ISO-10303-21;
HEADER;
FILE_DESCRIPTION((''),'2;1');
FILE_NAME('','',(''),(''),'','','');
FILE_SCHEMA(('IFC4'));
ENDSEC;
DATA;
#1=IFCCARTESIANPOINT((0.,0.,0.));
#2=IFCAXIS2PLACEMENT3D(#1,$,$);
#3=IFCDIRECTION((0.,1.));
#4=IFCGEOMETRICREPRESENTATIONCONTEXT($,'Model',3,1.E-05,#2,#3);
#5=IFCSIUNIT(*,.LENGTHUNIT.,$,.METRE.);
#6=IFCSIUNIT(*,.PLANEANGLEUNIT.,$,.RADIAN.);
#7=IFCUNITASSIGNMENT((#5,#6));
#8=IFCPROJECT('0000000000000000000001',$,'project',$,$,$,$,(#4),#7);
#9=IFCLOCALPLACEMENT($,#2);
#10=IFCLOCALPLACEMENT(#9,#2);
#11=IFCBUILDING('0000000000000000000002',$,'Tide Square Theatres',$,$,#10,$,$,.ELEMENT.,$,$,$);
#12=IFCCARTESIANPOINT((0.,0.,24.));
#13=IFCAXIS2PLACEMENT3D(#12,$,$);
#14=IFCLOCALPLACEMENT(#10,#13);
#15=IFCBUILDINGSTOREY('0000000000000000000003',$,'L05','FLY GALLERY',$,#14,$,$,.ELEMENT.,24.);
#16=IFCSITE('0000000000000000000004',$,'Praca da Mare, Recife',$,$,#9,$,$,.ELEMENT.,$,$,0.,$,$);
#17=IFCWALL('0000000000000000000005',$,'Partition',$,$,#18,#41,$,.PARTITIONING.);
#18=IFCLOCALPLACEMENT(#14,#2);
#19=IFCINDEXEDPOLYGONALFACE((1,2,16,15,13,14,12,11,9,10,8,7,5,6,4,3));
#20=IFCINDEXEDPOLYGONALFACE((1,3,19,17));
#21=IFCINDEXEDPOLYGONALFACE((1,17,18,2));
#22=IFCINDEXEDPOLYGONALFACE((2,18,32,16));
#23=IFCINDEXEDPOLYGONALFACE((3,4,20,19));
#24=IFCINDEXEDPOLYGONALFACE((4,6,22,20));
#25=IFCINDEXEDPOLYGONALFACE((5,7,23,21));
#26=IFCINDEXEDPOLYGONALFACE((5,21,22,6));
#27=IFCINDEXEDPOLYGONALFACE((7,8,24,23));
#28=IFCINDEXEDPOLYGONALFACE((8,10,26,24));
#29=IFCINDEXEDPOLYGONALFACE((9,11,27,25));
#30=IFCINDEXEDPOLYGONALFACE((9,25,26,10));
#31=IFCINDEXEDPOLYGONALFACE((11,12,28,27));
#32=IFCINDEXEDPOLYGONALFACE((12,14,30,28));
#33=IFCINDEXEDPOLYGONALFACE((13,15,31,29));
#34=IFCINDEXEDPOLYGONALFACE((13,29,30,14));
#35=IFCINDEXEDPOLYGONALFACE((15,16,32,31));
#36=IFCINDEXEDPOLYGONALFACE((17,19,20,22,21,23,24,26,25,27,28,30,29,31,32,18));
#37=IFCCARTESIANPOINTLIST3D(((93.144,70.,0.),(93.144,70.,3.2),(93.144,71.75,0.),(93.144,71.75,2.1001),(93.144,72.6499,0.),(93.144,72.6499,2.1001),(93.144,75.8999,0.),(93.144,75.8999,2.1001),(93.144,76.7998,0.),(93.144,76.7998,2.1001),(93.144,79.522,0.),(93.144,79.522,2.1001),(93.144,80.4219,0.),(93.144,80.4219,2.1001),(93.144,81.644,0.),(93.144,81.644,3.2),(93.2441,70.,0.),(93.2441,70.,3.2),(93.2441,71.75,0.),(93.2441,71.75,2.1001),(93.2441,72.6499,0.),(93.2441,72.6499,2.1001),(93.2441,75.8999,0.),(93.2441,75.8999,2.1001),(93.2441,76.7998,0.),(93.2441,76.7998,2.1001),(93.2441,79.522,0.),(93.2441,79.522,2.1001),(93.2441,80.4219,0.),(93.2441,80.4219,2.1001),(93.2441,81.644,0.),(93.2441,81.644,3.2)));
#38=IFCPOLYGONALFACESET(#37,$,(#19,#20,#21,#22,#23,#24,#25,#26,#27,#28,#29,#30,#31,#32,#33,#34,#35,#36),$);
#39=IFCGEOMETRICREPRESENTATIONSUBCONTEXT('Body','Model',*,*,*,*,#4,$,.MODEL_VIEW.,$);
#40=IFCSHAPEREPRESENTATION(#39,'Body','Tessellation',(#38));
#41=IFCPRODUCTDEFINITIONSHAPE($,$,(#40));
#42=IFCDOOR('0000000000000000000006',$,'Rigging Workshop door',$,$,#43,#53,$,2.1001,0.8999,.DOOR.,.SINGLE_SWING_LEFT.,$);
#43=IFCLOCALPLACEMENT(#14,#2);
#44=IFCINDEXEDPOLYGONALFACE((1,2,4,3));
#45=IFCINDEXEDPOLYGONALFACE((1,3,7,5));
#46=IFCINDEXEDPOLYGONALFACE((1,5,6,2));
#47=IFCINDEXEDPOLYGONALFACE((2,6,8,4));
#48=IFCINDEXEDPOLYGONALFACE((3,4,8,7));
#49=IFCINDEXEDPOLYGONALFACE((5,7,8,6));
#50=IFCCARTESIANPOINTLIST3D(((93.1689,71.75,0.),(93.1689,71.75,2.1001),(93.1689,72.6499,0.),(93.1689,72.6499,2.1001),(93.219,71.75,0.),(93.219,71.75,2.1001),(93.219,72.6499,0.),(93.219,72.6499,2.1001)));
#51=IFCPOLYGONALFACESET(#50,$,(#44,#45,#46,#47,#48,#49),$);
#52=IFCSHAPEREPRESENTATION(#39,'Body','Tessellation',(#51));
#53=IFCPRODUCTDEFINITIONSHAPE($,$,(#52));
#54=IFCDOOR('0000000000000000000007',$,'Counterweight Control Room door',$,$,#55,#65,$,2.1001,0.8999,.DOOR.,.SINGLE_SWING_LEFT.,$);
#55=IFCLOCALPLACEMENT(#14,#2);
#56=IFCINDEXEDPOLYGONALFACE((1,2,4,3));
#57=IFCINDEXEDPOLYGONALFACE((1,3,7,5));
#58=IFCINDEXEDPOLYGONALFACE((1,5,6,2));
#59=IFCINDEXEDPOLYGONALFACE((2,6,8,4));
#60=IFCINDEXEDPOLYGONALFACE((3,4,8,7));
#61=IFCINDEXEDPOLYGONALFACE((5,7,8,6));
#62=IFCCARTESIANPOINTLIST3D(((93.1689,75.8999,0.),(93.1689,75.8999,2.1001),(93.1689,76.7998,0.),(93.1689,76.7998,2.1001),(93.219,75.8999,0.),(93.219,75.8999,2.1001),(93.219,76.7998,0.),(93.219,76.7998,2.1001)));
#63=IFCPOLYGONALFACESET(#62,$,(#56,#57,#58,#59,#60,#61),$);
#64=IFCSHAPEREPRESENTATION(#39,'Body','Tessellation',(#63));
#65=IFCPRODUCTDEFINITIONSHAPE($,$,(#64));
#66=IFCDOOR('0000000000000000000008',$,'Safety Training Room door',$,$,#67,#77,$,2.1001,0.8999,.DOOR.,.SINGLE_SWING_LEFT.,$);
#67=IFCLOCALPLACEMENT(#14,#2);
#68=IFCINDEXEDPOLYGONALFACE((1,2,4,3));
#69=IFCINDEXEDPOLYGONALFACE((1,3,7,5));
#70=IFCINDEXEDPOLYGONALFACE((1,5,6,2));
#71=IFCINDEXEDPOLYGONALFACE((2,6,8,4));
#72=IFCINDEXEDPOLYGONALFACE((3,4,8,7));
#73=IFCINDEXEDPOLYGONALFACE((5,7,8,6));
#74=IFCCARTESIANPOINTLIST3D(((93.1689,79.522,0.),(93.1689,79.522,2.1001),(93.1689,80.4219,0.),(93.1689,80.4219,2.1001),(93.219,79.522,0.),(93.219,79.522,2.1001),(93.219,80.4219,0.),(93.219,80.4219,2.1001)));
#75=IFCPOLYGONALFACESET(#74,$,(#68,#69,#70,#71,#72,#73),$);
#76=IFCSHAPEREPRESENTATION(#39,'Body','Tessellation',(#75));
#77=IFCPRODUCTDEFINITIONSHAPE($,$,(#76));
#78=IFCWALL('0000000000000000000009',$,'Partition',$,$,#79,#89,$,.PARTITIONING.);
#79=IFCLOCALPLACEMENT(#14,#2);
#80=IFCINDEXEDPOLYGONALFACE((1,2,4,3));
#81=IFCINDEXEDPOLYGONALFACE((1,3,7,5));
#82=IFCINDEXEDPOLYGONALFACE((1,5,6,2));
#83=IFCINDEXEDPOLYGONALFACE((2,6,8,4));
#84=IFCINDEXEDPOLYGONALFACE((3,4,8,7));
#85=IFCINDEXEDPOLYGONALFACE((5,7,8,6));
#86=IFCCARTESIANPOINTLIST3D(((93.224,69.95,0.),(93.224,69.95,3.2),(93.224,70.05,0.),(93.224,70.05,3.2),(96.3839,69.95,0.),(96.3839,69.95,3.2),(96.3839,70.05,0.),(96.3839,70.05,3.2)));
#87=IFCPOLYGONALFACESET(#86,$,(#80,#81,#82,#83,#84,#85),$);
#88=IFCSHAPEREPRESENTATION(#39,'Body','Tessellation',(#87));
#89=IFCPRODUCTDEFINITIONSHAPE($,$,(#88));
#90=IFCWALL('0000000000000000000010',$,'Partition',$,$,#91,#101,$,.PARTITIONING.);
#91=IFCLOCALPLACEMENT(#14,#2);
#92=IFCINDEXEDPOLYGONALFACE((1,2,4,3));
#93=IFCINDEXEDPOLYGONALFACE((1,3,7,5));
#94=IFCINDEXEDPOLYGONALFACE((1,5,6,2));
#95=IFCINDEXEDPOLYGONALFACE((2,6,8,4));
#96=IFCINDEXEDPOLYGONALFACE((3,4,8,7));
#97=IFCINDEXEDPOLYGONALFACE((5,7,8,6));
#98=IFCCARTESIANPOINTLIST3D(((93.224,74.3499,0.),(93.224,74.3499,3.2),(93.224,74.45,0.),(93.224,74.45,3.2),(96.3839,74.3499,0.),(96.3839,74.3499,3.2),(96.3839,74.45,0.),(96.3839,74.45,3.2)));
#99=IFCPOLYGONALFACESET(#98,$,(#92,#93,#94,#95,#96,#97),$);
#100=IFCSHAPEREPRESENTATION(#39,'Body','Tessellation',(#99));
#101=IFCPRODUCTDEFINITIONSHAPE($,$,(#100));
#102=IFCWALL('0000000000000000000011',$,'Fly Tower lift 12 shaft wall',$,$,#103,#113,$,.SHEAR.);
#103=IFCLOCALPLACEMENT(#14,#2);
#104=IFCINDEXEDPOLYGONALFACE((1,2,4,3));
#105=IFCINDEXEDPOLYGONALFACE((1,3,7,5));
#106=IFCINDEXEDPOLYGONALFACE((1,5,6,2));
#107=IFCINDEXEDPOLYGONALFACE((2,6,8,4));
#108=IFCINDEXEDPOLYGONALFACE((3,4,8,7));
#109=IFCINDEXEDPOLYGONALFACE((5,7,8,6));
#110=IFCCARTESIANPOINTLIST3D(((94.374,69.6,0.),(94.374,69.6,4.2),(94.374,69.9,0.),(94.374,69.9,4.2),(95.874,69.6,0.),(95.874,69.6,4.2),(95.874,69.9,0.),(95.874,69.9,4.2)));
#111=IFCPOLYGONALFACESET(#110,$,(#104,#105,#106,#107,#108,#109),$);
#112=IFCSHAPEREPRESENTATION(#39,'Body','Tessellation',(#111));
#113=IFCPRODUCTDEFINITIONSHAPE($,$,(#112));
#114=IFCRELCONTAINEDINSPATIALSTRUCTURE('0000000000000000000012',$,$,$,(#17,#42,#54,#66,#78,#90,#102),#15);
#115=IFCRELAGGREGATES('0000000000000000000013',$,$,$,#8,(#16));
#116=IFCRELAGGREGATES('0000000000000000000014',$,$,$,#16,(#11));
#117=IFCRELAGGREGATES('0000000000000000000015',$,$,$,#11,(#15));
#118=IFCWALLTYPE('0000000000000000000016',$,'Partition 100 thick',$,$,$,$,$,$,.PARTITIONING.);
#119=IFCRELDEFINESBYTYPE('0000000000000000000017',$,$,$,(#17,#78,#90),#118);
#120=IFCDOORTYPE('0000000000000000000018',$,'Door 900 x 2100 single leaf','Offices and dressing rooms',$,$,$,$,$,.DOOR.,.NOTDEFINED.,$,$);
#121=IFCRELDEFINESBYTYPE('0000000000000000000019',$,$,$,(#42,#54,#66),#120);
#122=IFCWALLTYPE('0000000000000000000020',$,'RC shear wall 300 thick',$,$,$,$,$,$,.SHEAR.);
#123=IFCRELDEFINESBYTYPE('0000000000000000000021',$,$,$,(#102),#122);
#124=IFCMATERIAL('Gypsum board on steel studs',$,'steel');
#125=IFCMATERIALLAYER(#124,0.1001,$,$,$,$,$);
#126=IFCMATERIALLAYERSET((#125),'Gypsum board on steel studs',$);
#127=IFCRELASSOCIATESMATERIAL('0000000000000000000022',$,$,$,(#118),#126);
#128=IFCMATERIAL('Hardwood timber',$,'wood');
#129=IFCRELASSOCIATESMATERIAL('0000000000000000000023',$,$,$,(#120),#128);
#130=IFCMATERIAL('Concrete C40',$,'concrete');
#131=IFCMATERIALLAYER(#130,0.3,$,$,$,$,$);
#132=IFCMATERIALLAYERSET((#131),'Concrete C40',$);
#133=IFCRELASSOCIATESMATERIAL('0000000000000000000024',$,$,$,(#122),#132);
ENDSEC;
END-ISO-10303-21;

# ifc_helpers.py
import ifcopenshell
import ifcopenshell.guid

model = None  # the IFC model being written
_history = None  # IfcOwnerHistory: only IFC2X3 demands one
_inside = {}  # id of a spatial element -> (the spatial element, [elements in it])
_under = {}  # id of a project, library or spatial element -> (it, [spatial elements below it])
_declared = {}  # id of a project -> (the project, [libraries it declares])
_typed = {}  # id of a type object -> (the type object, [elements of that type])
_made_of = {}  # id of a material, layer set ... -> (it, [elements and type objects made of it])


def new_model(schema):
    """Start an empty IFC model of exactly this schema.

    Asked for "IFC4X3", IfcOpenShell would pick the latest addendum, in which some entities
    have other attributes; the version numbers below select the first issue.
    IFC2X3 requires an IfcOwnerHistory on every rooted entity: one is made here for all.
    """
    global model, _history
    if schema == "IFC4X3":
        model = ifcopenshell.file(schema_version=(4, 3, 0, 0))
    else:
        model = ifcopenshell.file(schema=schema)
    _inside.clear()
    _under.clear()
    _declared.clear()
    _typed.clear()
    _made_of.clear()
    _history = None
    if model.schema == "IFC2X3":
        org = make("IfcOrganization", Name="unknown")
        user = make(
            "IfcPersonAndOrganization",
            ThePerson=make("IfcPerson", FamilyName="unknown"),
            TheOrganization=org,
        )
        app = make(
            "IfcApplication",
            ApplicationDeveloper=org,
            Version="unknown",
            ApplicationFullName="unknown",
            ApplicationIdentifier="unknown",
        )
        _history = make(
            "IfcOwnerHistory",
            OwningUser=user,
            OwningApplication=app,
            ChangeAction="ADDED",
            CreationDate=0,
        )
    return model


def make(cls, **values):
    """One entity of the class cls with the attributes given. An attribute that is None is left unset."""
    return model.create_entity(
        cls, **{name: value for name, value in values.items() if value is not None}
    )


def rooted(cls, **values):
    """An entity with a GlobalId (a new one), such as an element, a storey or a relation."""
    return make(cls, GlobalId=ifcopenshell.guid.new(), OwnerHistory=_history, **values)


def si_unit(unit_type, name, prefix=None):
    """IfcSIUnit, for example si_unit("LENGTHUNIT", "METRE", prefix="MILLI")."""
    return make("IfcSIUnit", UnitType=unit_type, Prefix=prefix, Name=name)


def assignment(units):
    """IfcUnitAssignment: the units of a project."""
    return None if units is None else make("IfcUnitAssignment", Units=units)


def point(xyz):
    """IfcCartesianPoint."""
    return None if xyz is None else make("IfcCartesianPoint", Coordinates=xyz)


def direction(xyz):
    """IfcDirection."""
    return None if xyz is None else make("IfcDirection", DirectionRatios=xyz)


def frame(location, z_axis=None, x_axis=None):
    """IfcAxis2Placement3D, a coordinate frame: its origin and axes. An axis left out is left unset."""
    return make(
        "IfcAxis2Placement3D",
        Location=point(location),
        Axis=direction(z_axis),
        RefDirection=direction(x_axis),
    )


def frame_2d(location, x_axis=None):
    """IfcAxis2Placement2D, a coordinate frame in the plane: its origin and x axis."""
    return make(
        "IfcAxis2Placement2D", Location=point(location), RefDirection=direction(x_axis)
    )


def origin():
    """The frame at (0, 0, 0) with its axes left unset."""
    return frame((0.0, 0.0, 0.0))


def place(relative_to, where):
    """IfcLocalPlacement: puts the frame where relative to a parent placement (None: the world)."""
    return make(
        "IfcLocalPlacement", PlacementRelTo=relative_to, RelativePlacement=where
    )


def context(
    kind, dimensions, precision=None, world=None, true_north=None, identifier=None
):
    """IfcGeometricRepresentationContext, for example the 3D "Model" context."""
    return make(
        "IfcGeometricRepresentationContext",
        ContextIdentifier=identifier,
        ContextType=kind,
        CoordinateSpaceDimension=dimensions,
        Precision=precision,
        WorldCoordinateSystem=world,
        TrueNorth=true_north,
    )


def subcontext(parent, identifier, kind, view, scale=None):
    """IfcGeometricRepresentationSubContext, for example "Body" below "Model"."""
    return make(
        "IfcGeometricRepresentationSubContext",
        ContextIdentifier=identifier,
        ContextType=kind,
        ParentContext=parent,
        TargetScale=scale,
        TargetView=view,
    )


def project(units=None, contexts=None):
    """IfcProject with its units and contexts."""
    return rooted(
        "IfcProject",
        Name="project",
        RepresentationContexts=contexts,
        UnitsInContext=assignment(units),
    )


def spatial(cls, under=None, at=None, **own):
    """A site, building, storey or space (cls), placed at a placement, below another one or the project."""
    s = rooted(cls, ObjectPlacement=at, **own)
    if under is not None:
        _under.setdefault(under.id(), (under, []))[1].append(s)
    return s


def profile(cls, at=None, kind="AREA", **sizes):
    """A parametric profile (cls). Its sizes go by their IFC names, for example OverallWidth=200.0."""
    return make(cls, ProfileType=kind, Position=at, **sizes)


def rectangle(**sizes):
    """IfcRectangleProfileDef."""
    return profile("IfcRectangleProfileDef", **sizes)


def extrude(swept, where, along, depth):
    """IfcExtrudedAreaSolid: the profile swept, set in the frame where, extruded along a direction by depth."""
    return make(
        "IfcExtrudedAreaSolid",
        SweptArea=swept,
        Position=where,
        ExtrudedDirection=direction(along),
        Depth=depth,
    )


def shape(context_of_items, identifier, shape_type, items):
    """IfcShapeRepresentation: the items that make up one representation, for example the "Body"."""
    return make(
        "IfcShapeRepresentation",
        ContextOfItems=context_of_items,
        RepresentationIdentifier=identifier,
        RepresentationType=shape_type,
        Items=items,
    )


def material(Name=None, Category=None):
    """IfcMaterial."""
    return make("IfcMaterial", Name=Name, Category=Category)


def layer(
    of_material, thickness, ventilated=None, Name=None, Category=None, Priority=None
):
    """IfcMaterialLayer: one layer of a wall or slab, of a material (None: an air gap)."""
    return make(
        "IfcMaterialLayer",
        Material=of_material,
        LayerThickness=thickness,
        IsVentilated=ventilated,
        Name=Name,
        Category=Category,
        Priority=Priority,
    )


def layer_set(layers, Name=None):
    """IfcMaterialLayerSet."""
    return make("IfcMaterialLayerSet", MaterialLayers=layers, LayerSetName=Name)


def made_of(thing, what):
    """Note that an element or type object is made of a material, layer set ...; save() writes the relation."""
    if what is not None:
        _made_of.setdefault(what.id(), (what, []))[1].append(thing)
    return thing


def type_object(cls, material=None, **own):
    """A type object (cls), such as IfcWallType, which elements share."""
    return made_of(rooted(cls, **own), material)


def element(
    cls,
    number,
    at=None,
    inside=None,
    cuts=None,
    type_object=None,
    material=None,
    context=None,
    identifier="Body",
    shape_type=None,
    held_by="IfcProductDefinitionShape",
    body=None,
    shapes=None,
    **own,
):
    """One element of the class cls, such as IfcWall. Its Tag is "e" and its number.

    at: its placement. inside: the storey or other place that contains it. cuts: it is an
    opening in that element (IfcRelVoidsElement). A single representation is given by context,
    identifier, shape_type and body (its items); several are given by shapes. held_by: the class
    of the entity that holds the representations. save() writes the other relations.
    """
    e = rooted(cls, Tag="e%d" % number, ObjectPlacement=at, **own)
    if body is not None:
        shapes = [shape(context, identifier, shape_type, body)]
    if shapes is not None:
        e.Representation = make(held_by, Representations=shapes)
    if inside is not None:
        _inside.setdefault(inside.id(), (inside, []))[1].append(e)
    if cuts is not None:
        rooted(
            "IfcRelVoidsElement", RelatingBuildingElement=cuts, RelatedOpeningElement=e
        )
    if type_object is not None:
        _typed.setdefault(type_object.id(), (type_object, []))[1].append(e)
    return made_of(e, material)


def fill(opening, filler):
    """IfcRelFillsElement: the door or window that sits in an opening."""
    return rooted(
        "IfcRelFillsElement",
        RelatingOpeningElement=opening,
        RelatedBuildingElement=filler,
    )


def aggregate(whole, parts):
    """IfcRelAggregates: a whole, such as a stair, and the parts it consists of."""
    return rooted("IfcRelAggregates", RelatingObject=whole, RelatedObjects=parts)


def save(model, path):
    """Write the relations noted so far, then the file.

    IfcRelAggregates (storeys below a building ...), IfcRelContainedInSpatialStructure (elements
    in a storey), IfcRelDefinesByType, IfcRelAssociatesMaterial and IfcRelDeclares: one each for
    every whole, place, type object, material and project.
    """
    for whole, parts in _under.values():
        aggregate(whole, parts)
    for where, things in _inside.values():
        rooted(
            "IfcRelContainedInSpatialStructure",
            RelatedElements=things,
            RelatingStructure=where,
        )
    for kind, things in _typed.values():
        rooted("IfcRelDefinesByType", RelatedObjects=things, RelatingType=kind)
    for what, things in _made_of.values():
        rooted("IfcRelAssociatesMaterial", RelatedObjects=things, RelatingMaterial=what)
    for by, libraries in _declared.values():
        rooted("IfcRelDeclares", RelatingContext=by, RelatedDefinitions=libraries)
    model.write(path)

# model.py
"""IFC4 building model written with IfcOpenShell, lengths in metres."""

from ifc_helpers import new_model, si_unit, direction, frame, frame_2d, origin, place, context, subcontext, project, spatial, rectangle, extrude, material, layer, layer_set, type_object, element, fill, save


model = new_model("IFC4")

# Units and contexts
model_context = context("Model", 3, precision=1e-05, world=origin(), true_north=direction((0.0, 1.0)))
body_context = subcontext(model_context, "Body", "Model", "MODEL_VIEW")
ifc_project = project(units=[si_unit("LENGTHUNIT", "METRE"), si_unit("PLANEANGLEUNIT", "RADIAN")], contexts=[model_context])

# Site, building, storey
site_placement = place(None, origin())
site = spatial("IfcSite", under=ifc_project, at=site_placement, Name="Praca da Mare, Recife", CompositionType="ELEMENT", RefElevation=0.0)
building_placement = place(site_placement, origin())
building = spatial("IfcBuilding", under=site, at=building_placement, Name="Tide Square Theatres", CompositionType="ELEMENT")
storey_placement = place(building_placement, frame((0.0, 0.0, 24.0)))
storey = spatial("IfcBuildingStorey", under=building, at=storey_placement, Name="L05", Description="FLY GALLERY", CompositionType="ELEMENT", Elevation=24.0)

# Shared definitions
ifc_material_1 = material(Name="Gypsum board on steel studs", Category="steel")
ifc_layer_1 = layer(ifc_material_1, 0.1001)
ifc_layer_set_1 = layer_set([ifc_layer_1], Name="Gypsum board on steel studs")
wall_type_1 = type_object("IfcWallType", Name="Partition 100 thick", PredefinedType="PARTITIONING", material=ifc_layer_set_1)

# Wall, openings, doors
wall_1_placement = place(storey_placement, frame((93.1941, 70.0, 0.0), z_axis=(0.0, 0.0, 1.0), x_axis=(0.0, 1.0, 0.0)))
wall_1 = element("IfcWall", 1, at=wall_1_placement, inside=storey, type_object=wall_type_1, Name="Partition", PredefinedType="PARTITIONING", context=body_context, shape_type="SweptSolid", body=[
    extrude(rectangle(XDim=11.644, YDim=0.1001, at=frame_2d((5.822, 0.0))), origin(), (0.0, 0.0, 1.0), 3.2),
])
opening_1_placement = place(wall_1_placement, frame((1.75, 0.0, 0.0)))
opening_1 = element("IfcOpeningElement", 2, at=opening_1_placement, cuts=wall_1, PredefinedType="OPENING", context=body_context, shape_type="SweptSolid", body=[
    extrude(rectangle(XDim=0.8999, YDim=2.1001, at=frame_2d((0.45, 1.05))), frame((0.0, 0.0601, 0.0), z_axis=(0.0, -1.0, 0.0), x_axis=(1.0, 0.0, 0.0)), (0.0, 0.0, 1.0), 0.1201),
])
opening_2_placement = place(wall_1_placement, frame((5.8999, 0.0, 0.0)))
opening_2 = element("IfcOpeningElement", 3, at=opening_2_placement, cuts=wall_1, PredefinedType="OPENING", context=body_context, shape_type="SweptSolid", body=[
    extrude(rectangle(XDim=0.8999, YDim=2.1001, at=frame_2d((0.45, 1.05))), frame((0.0, 0.0601, 0.0), z_axis=(0.0, -1.0, 0.0), x_axis=(1.0, 0.0, 0.0)), (0.0, 0.0, 1.0), 0.1201),
])
opening_3_placement = place(wall_1_placement, frame((9.522, 0.0, 0.0)))
opening_3 = element("IfcOpeningElement", 4, at=opening_3_placement, cuts=wall_1, PredefinedType="OPENING", context=body_context, shape_type="SweptSolid", body=[
    extrude(rectangle(XDim=0.8999, YDim=2.1001, at=frame_2d((0.45, 1.05))), frame((0.0, 0.0601, 0.0), z_axis=(0.0, -1.0, 0.0), x_axis=(1.0, 0.0, 0.0)), (0.0, 0.0, 1.0), 0.1201),
])
ifc_material_2 = material(Name="Hardwood timber", Category="wood")
door_type = type_object("IfcDoorType", Name="Door 900 x 2100 single leaf", Description="Offices and dressing rooms", OperationType="NOTDEFINED", PredefinedType="DOOR", material=ifc_material_2)
door_1_placement = place(opening_1_placement, frame((0.8999, 0.0, 0.0), z_axis=(0.0, 0.0, 1.0), x_axis=(-1.0, 0.0, 0.0)))
door_1 = element("IfcDoor", 5, at=door_1_placement, inside=storey, type_object=door_type, Name="Rigging Workshop door", OperationType="SINGLE_SWING_LEFT", OverallHeight=2.1001, OverallWidth=0.8999, PredefinedType="DOOR", context=body_context, shape_type="SweptSolid", body=[
    extrude(rectangle(XDim=0.8999, YDim=2.1001, at=frame_2d((0.45, 1.05))), frame((0.0, 0.0249, 0.0), z_axis=(0.0, -1.0, 0.0), x_axis=(1.0, 0.0, 0.0)), (0.0, 0.0, 1.0), 0.05),
])
fill(opening_1, door_1)
door_2_placement = place(opening_2_placement, frame((0.8999, 0.0, 0.0), z_axis=(0.0, 0.0, 1.0), x_axis=(-1.0, 0.0, 0.0)))
door_2 = element("IfcDoor", 6, at=door_2_placement, inside=storey, type_object=door_type, Name="Counterweight Control Room door", OperationType="SINGLE_SWING_LEFT", OverallHeight=2.1001, OverallWidth=0.8999, PredefinedType="DOOR", context=body_context, shape_type="SweptSolid", body=[
    extrude(rectangle(XDim=0.8999, YDim=2.1001, at=frame_2d((0.45, 1.05))), frame((0.0, 0.0249, 0.0), z_axis=(0.0, -1.0, 0.0), x_axis=(1.0, 0.0, 0.0)), (0.0, 0.0, 1.0), 0.05),
])
fill(opening_2, door_2)
door_3_placement = place(opening_3_placement, frame((0.8999, 0.0, 0.0), z_axis=(0.0, 0.0, 1.0), x_axis=(-1.0, 0.0, 0.0)))
door_3 = element("IfcDoor", 7, at=door_3_placement, inside=storey, type_object=door_type, Name="Safety Training Room door", OperationType="SINGLE_SWING_LEFT", OverallHeight=2.1001, OverallWidth=0.8999, PredefinedType="DOOR", context=body_context, shape_type="SweptSolid", body=[
    extrude(rectangle(XDim=0.8999, YDim=2.1001, at=frame_2d((0.45, 1.05))), frame((0.0, 0.0249, 0.0), z_axis=(0.0, -1.0, 0.0), x_axis=(1.0, 0.0, 0.0)), (0.0, 0.0, 1.0), 0.05),
])
fill(opening_3, door_3)

# Walls
for number, where, z_axis, x_axis, name in (
    (8, (96.384, 70.0, 0.0), (0.0, 0.0, 1.0), (-1.0, 0.0, 0.0), "Partition"),
    (9, (96.384, 74.3999, 0.0), (0.0, 0.0, 1.0), (-1.0, 0.0, 0.0), "Partition"),
):
    element("IfcWall", number, at=place(storey_placement, frame(where, z_axis=z_axis, x_axis=x_axis)), inside=storey, type_object=wall_type_1, Name=name, PredefinedType="PARTITIONING", context=body_context, shape_type="SweptSolid", body=[
        extrude(rectangle(XDim=3.1599, YDim=0.1001, at=frame_2d((1.5801, 0.0))), origin(), (0.0, 0.0, 1.0), 3.2),
    ])
ifc_material_3 = material(Name="Concrete C40", Category="concrete")
ifc_layer_2 = layer(ifc_material_3, 0.3)
ifc_layer_set_2 = layer_set([ifc_layer_2], Name="Concrete C40")
wall_type_2 = type_object("IfcWallType", Name="RC shear wall 300 thick", PredefinedType="SHEAR", material=ifc_layer_set_2)
wall_2_placement = place(storey_placement, frame((95.874, 69.75, 0.0), z_axis=(0.0, 0.0, 1.0), x_axis=(-1.0, 0.0, 0.0)))
element("IfcWall", 10, at=wall_2_placement, inside=storey, type_object=wall_type_2, Name="Fly Tower lift 12 shaft wall", PredefinedType="SHEAR", context=body_context, shape_type="SweptSolid", body=[
    extrude(rectangle(XDim=1.5, YDim=0.3, at=frame_2d((0.75, 0.0))), origin(), (0.0, 0.0, 1.0), 4.2),
])

save(model, "model.ifc")
